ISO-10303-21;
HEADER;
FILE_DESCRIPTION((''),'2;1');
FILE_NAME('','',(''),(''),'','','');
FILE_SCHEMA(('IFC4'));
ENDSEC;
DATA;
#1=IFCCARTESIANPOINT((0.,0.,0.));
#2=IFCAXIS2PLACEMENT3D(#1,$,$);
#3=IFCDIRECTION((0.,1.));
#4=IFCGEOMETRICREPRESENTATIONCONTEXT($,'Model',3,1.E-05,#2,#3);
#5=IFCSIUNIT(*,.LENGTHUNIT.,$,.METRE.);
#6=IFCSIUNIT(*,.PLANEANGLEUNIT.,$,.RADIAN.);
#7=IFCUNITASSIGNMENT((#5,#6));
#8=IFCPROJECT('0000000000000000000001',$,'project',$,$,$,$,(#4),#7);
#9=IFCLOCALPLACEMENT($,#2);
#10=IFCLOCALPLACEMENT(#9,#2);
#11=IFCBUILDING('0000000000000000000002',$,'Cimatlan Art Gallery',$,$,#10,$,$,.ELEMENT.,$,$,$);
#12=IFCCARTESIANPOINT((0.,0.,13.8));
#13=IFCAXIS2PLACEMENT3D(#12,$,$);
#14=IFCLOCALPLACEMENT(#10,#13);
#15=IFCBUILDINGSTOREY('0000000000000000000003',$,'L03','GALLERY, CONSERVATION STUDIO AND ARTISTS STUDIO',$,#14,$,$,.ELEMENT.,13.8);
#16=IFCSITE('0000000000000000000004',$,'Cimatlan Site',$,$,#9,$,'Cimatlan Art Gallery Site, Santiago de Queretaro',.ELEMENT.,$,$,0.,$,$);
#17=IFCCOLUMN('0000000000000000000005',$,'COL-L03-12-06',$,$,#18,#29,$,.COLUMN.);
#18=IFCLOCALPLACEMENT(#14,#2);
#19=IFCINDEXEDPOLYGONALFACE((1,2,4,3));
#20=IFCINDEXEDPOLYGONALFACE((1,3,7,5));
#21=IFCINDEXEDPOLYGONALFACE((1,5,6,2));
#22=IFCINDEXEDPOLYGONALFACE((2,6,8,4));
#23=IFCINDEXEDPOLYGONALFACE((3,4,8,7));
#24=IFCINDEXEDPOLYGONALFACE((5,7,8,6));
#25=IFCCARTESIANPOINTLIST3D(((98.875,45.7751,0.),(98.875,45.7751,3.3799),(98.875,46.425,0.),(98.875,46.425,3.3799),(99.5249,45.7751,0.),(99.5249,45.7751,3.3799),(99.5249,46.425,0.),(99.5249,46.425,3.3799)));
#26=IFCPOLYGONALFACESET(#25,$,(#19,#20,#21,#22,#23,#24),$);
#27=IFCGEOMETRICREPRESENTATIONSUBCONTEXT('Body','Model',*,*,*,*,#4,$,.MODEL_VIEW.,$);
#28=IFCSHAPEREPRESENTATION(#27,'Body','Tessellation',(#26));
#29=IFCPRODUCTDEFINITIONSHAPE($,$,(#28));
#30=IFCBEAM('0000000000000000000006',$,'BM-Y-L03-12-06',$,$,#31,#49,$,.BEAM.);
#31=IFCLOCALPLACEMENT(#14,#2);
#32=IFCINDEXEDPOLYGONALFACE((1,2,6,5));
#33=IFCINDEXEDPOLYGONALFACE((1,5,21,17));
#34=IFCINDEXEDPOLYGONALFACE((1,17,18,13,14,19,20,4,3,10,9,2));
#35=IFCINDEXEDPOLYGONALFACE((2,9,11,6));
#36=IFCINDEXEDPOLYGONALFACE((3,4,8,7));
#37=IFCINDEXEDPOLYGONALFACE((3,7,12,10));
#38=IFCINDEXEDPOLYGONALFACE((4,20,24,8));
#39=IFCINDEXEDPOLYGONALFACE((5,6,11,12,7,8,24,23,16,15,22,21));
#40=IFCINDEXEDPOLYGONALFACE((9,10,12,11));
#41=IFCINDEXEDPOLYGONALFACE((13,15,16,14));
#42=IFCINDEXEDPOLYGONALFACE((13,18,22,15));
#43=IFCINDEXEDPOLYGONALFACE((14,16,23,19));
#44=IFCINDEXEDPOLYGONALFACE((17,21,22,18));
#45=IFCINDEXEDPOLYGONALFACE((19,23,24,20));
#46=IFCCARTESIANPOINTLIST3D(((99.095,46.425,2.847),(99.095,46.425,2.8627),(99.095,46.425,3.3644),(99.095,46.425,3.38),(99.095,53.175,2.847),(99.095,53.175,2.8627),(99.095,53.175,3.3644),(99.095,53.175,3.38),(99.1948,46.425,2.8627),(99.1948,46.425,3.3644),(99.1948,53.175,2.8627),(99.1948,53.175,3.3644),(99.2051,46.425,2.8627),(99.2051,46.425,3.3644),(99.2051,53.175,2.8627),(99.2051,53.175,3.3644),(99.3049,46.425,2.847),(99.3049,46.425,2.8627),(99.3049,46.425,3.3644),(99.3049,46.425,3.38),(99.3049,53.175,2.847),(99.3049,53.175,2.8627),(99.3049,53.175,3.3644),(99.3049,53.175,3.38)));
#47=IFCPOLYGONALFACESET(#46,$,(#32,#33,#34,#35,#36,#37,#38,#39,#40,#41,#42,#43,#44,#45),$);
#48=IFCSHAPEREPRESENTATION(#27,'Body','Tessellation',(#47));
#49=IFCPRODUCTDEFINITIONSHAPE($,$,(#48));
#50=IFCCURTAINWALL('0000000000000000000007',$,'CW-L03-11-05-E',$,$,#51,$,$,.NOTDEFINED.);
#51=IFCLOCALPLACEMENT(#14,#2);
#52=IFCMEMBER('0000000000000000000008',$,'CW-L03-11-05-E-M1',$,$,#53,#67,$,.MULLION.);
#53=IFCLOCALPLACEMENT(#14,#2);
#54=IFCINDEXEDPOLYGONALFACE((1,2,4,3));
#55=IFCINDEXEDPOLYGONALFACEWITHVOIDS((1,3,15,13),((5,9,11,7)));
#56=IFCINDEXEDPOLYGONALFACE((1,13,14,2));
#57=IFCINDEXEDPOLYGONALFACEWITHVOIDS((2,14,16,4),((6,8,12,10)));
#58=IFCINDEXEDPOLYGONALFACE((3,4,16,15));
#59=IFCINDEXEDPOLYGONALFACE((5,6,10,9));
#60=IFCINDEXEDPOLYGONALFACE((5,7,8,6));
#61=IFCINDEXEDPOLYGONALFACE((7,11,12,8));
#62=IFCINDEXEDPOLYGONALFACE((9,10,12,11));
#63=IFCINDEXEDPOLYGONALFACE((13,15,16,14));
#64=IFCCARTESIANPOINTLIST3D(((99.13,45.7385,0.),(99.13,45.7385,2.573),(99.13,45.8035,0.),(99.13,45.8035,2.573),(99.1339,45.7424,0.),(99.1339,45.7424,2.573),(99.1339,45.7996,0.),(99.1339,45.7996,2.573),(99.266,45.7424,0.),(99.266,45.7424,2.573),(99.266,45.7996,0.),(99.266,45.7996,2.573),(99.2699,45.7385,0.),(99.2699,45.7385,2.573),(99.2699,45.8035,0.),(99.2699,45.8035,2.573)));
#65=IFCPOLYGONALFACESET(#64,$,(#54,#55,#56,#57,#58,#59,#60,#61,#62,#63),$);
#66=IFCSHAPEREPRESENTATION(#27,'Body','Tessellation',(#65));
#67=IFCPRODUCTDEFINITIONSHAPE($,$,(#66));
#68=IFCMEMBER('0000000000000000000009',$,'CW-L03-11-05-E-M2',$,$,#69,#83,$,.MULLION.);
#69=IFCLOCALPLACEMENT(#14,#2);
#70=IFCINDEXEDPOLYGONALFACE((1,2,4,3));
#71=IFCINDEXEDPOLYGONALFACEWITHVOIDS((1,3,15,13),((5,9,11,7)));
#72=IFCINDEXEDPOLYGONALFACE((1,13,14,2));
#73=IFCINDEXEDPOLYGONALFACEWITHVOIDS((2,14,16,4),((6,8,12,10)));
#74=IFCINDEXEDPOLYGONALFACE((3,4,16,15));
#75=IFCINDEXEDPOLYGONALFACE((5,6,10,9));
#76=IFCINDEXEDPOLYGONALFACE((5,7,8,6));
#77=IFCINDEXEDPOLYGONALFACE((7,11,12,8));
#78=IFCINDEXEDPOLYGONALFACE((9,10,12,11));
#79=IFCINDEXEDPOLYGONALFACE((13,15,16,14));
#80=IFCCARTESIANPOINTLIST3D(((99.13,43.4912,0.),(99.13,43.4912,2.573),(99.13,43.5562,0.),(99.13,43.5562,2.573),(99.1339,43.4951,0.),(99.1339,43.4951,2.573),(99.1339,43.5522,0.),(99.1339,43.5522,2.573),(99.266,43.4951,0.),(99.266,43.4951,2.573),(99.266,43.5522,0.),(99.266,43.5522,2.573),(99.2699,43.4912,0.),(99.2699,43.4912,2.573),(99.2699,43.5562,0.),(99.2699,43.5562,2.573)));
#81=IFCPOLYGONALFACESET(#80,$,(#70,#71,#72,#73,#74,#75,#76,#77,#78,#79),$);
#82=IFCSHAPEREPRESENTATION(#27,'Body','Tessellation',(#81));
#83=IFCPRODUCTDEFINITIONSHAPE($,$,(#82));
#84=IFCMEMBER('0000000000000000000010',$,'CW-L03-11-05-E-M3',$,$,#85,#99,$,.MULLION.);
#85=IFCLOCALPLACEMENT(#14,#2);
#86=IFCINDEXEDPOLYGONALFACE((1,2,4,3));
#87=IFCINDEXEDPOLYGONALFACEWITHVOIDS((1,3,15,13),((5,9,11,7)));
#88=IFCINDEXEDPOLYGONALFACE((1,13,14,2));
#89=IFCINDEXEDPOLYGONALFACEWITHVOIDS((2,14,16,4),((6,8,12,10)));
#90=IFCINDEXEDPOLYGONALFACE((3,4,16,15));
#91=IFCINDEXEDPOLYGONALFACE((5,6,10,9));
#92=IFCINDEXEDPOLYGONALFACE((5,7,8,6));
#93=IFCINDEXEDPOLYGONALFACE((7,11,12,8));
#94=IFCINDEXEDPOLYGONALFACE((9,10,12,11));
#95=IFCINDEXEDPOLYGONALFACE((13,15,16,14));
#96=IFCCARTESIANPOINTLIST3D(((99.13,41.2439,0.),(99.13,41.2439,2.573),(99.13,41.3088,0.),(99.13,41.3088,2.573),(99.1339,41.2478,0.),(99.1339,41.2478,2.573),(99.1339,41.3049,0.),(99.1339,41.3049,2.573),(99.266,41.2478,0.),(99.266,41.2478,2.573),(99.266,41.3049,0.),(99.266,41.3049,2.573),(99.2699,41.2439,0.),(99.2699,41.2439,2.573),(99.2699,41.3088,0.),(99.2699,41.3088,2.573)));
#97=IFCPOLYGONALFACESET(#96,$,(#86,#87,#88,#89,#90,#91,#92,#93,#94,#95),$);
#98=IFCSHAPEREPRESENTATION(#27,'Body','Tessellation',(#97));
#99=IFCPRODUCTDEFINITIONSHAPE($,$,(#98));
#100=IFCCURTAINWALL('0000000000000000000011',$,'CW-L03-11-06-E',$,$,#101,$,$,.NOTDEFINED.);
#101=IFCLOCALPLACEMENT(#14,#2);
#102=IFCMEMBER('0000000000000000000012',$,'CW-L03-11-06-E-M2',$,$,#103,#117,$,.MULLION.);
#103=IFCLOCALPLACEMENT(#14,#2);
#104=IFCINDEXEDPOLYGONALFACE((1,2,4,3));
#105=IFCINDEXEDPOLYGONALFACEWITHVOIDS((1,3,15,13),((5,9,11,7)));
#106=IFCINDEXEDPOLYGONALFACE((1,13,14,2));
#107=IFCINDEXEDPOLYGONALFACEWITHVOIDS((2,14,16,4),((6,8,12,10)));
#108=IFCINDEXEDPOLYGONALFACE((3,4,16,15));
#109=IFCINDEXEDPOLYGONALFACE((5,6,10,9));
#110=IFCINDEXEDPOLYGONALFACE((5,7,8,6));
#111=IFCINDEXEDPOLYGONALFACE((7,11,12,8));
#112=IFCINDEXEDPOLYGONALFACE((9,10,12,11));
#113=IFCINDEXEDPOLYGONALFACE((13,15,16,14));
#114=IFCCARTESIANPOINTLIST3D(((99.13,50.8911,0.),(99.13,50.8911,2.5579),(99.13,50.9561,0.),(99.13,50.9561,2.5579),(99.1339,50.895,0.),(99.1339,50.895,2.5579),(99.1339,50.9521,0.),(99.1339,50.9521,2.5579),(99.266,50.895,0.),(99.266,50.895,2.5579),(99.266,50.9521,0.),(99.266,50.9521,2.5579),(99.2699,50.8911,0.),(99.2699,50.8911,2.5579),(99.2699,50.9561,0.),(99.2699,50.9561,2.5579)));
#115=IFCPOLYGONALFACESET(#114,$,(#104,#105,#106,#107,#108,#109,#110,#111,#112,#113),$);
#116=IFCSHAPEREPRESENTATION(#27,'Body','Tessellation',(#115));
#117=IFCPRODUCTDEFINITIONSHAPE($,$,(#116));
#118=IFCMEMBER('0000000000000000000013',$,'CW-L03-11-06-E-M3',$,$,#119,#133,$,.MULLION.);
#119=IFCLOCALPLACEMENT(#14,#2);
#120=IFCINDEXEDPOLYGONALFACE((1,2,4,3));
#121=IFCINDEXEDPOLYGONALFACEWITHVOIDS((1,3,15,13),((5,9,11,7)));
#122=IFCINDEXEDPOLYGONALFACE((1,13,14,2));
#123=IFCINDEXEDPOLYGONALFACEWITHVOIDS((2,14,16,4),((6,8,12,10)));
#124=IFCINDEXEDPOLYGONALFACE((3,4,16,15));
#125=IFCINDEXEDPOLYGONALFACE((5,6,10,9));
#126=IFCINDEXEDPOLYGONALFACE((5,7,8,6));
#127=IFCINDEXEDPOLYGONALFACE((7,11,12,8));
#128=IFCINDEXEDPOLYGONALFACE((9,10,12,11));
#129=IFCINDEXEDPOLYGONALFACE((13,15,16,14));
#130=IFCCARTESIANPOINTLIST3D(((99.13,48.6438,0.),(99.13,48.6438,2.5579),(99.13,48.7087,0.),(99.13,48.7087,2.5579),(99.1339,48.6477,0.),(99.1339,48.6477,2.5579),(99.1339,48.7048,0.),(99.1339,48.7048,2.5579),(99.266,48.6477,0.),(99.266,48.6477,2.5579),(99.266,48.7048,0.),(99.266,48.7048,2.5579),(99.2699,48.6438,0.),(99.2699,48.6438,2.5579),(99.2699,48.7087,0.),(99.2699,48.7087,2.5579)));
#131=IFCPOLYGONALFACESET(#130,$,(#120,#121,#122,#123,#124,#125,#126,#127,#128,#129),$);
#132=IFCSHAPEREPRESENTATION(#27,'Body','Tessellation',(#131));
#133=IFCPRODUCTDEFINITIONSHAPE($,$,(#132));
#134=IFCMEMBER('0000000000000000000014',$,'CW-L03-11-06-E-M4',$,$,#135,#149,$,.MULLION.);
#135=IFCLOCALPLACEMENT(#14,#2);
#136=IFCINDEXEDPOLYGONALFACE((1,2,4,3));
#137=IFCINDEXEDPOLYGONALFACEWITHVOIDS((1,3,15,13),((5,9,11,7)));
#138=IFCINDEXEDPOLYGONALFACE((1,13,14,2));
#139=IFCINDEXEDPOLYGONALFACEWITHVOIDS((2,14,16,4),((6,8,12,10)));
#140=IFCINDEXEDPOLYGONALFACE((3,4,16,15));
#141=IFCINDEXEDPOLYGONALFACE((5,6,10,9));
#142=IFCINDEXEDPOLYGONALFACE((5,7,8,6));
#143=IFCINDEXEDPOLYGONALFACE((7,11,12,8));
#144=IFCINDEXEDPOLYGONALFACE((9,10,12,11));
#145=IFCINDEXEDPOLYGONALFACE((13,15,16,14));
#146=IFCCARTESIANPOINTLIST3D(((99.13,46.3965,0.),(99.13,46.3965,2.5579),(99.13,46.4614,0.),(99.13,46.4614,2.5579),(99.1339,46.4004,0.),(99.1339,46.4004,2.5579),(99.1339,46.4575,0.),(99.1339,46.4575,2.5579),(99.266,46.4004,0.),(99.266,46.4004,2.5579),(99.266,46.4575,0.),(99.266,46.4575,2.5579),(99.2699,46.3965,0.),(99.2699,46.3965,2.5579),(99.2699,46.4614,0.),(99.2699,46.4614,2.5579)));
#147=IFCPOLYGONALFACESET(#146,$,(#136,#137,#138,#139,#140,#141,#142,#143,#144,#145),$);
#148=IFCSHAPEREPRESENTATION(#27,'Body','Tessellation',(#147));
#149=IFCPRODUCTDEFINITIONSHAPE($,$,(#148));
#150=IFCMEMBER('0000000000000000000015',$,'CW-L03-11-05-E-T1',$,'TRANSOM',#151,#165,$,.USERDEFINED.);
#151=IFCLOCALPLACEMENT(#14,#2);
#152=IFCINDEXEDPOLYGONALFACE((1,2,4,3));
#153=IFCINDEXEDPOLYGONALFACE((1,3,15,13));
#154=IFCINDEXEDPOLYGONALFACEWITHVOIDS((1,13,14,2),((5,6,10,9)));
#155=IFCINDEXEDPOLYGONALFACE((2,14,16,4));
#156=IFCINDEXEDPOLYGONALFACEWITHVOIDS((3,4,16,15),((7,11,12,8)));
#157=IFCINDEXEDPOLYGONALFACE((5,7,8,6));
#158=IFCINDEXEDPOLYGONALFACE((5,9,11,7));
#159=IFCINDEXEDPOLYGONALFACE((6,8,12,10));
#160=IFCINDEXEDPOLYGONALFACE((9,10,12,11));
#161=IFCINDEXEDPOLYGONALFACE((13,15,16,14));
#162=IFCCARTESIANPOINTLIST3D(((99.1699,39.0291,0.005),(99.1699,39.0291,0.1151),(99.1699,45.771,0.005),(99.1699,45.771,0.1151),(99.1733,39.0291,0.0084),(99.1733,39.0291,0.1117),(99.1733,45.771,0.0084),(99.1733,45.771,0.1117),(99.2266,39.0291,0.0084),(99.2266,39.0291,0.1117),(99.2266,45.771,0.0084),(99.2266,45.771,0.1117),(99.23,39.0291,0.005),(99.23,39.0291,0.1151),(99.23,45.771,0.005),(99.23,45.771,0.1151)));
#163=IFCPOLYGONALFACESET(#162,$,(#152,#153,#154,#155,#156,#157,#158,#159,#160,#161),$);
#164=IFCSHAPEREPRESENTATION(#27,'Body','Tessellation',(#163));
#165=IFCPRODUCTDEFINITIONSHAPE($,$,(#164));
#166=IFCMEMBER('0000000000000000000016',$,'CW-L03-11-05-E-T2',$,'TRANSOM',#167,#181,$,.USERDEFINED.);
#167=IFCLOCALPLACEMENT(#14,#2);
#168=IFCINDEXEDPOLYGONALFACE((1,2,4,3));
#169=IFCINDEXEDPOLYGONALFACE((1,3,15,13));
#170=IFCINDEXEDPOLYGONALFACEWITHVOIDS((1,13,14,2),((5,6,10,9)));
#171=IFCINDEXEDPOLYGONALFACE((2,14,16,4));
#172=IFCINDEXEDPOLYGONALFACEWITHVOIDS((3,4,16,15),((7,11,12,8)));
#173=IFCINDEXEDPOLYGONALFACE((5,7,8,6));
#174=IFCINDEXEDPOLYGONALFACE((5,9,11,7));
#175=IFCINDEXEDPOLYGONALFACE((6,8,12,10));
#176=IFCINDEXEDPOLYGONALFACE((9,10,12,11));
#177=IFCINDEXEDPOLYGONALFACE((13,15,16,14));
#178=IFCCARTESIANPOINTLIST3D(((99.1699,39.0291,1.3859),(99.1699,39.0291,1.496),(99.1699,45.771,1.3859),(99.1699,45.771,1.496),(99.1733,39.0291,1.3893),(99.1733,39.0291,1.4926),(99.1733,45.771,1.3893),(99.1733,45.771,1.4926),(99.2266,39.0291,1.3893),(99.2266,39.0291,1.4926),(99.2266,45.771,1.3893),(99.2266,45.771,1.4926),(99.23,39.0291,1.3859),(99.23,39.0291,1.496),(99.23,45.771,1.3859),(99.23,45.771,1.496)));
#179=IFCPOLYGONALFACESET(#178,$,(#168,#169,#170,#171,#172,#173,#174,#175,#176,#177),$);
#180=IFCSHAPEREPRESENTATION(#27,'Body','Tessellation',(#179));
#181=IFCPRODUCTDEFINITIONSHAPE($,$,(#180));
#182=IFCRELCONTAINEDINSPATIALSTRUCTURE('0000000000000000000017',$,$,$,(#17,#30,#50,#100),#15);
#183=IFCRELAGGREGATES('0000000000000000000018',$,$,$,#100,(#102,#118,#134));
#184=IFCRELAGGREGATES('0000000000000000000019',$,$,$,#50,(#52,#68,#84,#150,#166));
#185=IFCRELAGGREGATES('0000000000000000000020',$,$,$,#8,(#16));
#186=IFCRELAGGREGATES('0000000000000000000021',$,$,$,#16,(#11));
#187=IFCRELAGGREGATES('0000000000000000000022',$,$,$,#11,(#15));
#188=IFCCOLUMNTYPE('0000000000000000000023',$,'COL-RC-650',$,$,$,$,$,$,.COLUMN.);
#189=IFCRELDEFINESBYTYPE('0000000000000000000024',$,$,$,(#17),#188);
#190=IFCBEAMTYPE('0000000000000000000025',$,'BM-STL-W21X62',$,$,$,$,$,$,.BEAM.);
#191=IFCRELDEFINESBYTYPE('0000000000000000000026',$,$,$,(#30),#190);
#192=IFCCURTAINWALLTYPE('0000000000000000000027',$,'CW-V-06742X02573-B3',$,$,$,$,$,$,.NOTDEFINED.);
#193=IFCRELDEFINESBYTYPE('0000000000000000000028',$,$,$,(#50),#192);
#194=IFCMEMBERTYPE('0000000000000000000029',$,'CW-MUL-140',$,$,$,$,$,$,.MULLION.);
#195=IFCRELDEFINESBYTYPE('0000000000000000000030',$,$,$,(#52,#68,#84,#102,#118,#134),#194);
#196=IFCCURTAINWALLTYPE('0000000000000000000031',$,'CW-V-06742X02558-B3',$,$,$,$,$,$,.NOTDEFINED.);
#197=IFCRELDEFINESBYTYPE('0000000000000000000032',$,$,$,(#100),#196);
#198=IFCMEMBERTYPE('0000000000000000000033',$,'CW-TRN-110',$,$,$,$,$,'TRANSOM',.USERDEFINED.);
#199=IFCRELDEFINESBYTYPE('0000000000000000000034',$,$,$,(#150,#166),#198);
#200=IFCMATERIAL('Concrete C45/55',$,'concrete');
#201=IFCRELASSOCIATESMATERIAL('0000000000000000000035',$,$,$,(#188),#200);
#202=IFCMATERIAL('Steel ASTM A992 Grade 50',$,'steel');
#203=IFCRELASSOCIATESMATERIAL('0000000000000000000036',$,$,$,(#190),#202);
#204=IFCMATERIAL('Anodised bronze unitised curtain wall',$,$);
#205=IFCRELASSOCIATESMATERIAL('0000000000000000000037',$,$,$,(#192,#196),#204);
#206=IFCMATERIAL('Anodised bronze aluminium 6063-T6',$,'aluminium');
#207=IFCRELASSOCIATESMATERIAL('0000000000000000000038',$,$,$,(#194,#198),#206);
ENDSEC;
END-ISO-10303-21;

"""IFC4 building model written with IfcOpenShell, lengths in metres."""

from ifc_helpers import new_model, si_unit, direction, frame, origin, origin_2d, place, context, subcontext, project, spatial, rectangle, hollow_rectangle, i_section, extrude, material, material_profile, profile_set, type_object, element, aggregate, save


model = new_model("IFC4")

# Units and contexts
model_context = context("Model", 3, precision=1e-05, world=origin(), true_north=direction((0.0, 1.0)))
body_context = subcontext(model_context, "Body", "Model", "MODEL_VIEW")
ifc_project = project(units=[si_unit("LENGTHUNIT", "METRE"), si_unit("PLANEANGLEUNIT", "RADIAN")], contexts=[model_context])

# Site, building, storey
site_placement = place(None, origin())
site = spatial("IfcSite", under=ifc_project, at=site_placement, Name="Cimatlan Site", LongName="Cimatlan Art Gallery Site, Santiago de Queretaro", CompositionType="ELEMENT", RefElevation=0.0)
building_placement = place(site_placement, origin())
building = spatial("IfcBuilding", under=site, at=building_placement, Name="Cimatlan Art Gallery", CompositionType="ELEMENT")
storey_placement = place(building_placement, frame((0.0, 0.0, 13.8)))
storey = spatial("IfcBuildingStorey", under=building, at=storey_placement, Name="L03", Description="GALLERY, CONSERVATION STUDIO AND ARTISTS STUDIO", CompositionType="ELEMENT", Elevation=13.8)

# Column
ifc_material_1 = material(Name="Concrete C45/55", Category="concrete")
ifc_material_profile_1 = material_profile(ifc_material_1, rectangle(XDim=0.6499, YDim=0.6499, at=origin_2d()), Name="RC650X650")
ifc_profile_set_1 = profile_set([ifc_material_profile_1], Name="Concrete C45/55")
column_type = type_object("IfcColumnType", Name="COL-RC-650", PredefinedType="COLUMN", material=ifc_profile_set_1)
column_placement = place(storey_placement, frame((99.2, 46.1001, 0.0), z_axis=(0.0, 0.0, 1.0), x_axis=(1.0, 0.0, 0.0)))
element("IfcColumn", 1, at=column_placement, inside=storey, type_object=column_type, Name="COL-L03-12-06", PredefinedType="COLUMN", context=body_context, shape_type="SweptSolid", body=[
    extrude(rectangle(XDim=0.6499, YDim=0.6499, at=origin_2d()), origin(), (0.0, 0.0, 1.0), 3.3799),
])

# Beam
ifc_material_2 = material(Name="Steel ASTM A992 Grade 50", Category="steel")
ifc_material_profile_2 = material_profile(ifc_material_2, i_section(OverallWidth=0.21, OverallDepth=0.533, WebThickness=0.0103, FlangeThickness=0.0156, at=origin_2d()), Name="W21X62")
ifc_profile_set_2 = profile_set([ifc_material_profile_2], Name="Steel ASTM A992 Grade 50")
beam_type = type_object("IfcBeamType", Name="BM-STL-W21X62", PredefinedType="BEAM", material=ifc_profile_set_2)
beam_placement = place(storey_placement, frame((99.2, 46.425, 3.1135), z_axis=(0.0, 1.0, 0.0), x_axis=(-1.0, 0.0, 0.0)))
element("IfcBeam", 2, at=beam_placement, inside=storey, type_object=beam_type, Name="BM-Y-L03-12-06", PredefinedType="BEAM", context=body_context, shape_type="SweptSolid", body=[
    extrude(i_section(OverallWidth=0.21, OverallDepth=0.533, WebThickness=0.0103, FlangeThickness=0.0156, at=origin_2d()), origin(), (0.0, 0.0, 1.0), 6.75),
])

# Curtain walls, members
ifc_material_3 = material(Name="Anodised bronze unitised curtain wall")
curtain_wall_type_1 = type_object("IfcCurtainWallType", Name="CW-V-06742X02573-B3", PredefinedType="NOTDEFINED", material=ifc_material_3)
curtain_wall_1_placement = place(storey_placement, origin())
curtain_wall_1 = element("IfcCurtainWall", 3, at=curtain_wall_1_placement, inside=storey, type_object=curtain_wall_type_1, Name="CW-L03-11-05-E", PredefinedType="NOTDEFINED")
ifc_material_4 = material(Name="Anodised bronze aluminium 6063-T6", Category="aluminium")
ifc_material_profile_3 = material_profile(ifc_material_4, hollow_rectangle(XDim=0.0649, YDim=0.1399, WallThickness=0.0039, at=origin_2d()), Name="ALU65X140X4")
ifc_profile_set_3 = profile_set([ifc_material_profile_3], Name="Anodised bronze aluminium 6063-T6")
member_type_1 = type_object("IfcMemberType", Name="CW-MUL-140", PredefinedType="MULLION", material=ifc_profile_set_3)
member_1_placement = place(storey_placement, frame((99.2, 45.771, 0.0), z_axis=(0.0, 0.0, 1.0), x_axis=(0.0, 1.0, 0.0)))
member_1 = element("IfcMember", 4, at=member_1_placement, type_object=member_type_1, Name="CW-L03-11-05-E-M1", PredefinedType="MULLION", context=body_context, shape_type="SweptSolid", body=[
    extrude(hollow_rectangle(XDim=0.0649, YDim=0.1399, WallThickness=0.0039, at=origin_2d()), origin(), (0.0, 0.0, 1.0), 2.573),
])
member_2_placement = place(storey_placement, frame((99.2, 43.5237, 0.0), z_axis=(0.0, 0.0, 1.0), x_axis=(0.0, 1.0, 0.0)))
member_2 = element("IfcMember", 5, at=member_2_placement, type_object=member_type_1, Name="CW-L03-11-05-E-M2", PredefinedType="MULLION", context=body_context, shape_type="SweptSolid", body=[
    extrude(hollow_rectangle(XDim=0.0649, YDim=0.1399, WallThickness=0.0039, at=origin_2d()), origin(), (0.0, 0.0, 1.0), 2.573),
])
member_3_placement = place(storey_placement, frame((99.2, 41.2764, 0.0), z_axis=(0.0, 0.0, 1.0), x_axis=(0.0, 1.0, 0.0)))
member_3 = element("IfcMember", 6, at=member_3_placement, type_object=member_type_1, Name="CW-L03-11-05-E-M3", PredefinedType="MULLION", context=body_context, shape_type="SweptSolid", body=[
    extrude(hollow_rectangle(XDim=0.0649, YDim=0.1399, WallThickness=0.0039, at=origin_2d()), origin(), (0.0, 0.0, 1.0), 2.573),
])
curtain_wall_type_2 = type_object("IfcCurtainWallType", Name="CW-V-06742X02558-B3", PredefinedType="NOTDEFINED", material=ifc_material_3)
curtain_wall_2_placement = place(storey_placement, origin())
curtain_wall_2 = element("IfcCurtainWall", 7, at=curtain_wall_2_placement, inside=storey, type_object=curtain_wall_type_2, Name="CW-L03-11-06-E", PredefinedType="NOTDEFINED")
member_4_placement = place(storey_placement, frame((99.2, 50.9236, 0.0), z_axis=(0.0, 0.0, 1.0), x_axis=(0.0, 1.0, 0.0)))
member_4 = element("IfcMember", 8, at=member_4_placement, type_object=member_type_1, Name="CW-L03-11-06-E-M2", PredefinedType="MULLION", context=body_context, shape_type="SweptSolid", body=[
    extrude(hollow_rectangle(XDim=0.0649, YDim=0.1399, WallThickness=0.0039, at=origin_2d()), origin(), (0.0, 0.0, 1.0), 2.5579),
])
member_5_placement = place(storey_placement, frame((99.2, 48.6763, 0.0), z_axis=(0.0, 0.0, 1.0), x_axis=(0.0, 1.0, 0.0)))
member_5 = element("IfcMember", 9, at=member_5_placement, type_object=member_type_1, Name="CW-L03-11-06-E-M3", PredefinedType="MULLION", context=body_context, shape_type="SweptSolid", body=[
    extrude(hollow_rectangle(XDim=0.0649, YDim=0.1399, WallThickness=0.0039, at=origin_2d()), origin(), (0.0, 0.0, 1.0), 2.5579),
])
member_6_placement = place(storey_placement, frame((99.2, 46.429, 0.0), z_axis=(0.0, 0.0, 1.0), x_axis=(0.0, 1.0, 0.0)))
member_6 = element("IfcMember", 10, at=member_6_placement, type_object=member_type_1, Name="CW-L03-11-06-E-M4", PredefinedType="MULLION", context=body_context, shape_type="SweptSolid", body=[
    extrude(hollow_rectangle(XDim=0.0649, YDim=0.1399, WallThickness=0.0039, at=origin_2d()), origin(), (0.0, 0.0, 1.0), 2.5579),
])

# Members
ifc_material_profile_4 = material_profile(ifc_material_4, hollow_rectangle(XDim=0.0601, YDim=0.1101, WallThickness=0.0034, at=origin_2d()), Name="ALU60X110X3")
ifc_profile_set_4 = profile_set([ifc_material_profile_4], Name="Anodised bronze aluminium 6063-T6")
member_type_2 = type_object("IfcMemberType", Name="CW-TRN-110", ElementType="TRANSOM", PredefinedType="USERDEFINED", material=ifc_profile_set_4)
member_7_placement = place(storey_placement, frame((99.2, 45.771, 0.0601), z_axis=(0.0, -1.0, 0.0), x_axis=(1.0, 0.0, 0.0)))
member_7 = element("IfcMember", 11, at=member_7_placement, type_object=member_type_2, Name="CW-L03-11-05-E-T1", ObjectType="TRANSOM", PredefinedType="USERDEFINED", context=body_context, shape_type="SweptSolid", body=[
    extrude(hollow_rectangle(XDim=0.0601, YDim=0.1101, WallThickness=0.0034, at=origin_2d()), origin(), (0.0, 0.0, 1.0), 6.7419),
])
member_8_placement = place(storey_placement, frame((99.2, 45.771, 1.4409), z_axis=(0.0, -1.0, 0.0), x_axis=(1.0, 0.0, 0.0)))
member_8 = element("IfcMember", 12, at=member_8_placement, type_object=member_type_2, Name="CW-L03-11-05-E-T2", ObjectType="TRANSOM", PredefinedType="USERDEFINED", context=body_context, shape_type="SweptSolid", body=[
    extrude(hollow_rectangle(XDim=0.0601, YDim=0.1101, WallThickness=0.0034, at=origin_2d()), origin(), (0.0, 0.0, 1.0), 6.7419),
])

aggregate(curtain_wall_2, [member_4, member_5, member_6])
aggregate(curtain_wall_1, [member_1, member_2, member_3, member_7, member_8])

save(model, "model.ifc")
